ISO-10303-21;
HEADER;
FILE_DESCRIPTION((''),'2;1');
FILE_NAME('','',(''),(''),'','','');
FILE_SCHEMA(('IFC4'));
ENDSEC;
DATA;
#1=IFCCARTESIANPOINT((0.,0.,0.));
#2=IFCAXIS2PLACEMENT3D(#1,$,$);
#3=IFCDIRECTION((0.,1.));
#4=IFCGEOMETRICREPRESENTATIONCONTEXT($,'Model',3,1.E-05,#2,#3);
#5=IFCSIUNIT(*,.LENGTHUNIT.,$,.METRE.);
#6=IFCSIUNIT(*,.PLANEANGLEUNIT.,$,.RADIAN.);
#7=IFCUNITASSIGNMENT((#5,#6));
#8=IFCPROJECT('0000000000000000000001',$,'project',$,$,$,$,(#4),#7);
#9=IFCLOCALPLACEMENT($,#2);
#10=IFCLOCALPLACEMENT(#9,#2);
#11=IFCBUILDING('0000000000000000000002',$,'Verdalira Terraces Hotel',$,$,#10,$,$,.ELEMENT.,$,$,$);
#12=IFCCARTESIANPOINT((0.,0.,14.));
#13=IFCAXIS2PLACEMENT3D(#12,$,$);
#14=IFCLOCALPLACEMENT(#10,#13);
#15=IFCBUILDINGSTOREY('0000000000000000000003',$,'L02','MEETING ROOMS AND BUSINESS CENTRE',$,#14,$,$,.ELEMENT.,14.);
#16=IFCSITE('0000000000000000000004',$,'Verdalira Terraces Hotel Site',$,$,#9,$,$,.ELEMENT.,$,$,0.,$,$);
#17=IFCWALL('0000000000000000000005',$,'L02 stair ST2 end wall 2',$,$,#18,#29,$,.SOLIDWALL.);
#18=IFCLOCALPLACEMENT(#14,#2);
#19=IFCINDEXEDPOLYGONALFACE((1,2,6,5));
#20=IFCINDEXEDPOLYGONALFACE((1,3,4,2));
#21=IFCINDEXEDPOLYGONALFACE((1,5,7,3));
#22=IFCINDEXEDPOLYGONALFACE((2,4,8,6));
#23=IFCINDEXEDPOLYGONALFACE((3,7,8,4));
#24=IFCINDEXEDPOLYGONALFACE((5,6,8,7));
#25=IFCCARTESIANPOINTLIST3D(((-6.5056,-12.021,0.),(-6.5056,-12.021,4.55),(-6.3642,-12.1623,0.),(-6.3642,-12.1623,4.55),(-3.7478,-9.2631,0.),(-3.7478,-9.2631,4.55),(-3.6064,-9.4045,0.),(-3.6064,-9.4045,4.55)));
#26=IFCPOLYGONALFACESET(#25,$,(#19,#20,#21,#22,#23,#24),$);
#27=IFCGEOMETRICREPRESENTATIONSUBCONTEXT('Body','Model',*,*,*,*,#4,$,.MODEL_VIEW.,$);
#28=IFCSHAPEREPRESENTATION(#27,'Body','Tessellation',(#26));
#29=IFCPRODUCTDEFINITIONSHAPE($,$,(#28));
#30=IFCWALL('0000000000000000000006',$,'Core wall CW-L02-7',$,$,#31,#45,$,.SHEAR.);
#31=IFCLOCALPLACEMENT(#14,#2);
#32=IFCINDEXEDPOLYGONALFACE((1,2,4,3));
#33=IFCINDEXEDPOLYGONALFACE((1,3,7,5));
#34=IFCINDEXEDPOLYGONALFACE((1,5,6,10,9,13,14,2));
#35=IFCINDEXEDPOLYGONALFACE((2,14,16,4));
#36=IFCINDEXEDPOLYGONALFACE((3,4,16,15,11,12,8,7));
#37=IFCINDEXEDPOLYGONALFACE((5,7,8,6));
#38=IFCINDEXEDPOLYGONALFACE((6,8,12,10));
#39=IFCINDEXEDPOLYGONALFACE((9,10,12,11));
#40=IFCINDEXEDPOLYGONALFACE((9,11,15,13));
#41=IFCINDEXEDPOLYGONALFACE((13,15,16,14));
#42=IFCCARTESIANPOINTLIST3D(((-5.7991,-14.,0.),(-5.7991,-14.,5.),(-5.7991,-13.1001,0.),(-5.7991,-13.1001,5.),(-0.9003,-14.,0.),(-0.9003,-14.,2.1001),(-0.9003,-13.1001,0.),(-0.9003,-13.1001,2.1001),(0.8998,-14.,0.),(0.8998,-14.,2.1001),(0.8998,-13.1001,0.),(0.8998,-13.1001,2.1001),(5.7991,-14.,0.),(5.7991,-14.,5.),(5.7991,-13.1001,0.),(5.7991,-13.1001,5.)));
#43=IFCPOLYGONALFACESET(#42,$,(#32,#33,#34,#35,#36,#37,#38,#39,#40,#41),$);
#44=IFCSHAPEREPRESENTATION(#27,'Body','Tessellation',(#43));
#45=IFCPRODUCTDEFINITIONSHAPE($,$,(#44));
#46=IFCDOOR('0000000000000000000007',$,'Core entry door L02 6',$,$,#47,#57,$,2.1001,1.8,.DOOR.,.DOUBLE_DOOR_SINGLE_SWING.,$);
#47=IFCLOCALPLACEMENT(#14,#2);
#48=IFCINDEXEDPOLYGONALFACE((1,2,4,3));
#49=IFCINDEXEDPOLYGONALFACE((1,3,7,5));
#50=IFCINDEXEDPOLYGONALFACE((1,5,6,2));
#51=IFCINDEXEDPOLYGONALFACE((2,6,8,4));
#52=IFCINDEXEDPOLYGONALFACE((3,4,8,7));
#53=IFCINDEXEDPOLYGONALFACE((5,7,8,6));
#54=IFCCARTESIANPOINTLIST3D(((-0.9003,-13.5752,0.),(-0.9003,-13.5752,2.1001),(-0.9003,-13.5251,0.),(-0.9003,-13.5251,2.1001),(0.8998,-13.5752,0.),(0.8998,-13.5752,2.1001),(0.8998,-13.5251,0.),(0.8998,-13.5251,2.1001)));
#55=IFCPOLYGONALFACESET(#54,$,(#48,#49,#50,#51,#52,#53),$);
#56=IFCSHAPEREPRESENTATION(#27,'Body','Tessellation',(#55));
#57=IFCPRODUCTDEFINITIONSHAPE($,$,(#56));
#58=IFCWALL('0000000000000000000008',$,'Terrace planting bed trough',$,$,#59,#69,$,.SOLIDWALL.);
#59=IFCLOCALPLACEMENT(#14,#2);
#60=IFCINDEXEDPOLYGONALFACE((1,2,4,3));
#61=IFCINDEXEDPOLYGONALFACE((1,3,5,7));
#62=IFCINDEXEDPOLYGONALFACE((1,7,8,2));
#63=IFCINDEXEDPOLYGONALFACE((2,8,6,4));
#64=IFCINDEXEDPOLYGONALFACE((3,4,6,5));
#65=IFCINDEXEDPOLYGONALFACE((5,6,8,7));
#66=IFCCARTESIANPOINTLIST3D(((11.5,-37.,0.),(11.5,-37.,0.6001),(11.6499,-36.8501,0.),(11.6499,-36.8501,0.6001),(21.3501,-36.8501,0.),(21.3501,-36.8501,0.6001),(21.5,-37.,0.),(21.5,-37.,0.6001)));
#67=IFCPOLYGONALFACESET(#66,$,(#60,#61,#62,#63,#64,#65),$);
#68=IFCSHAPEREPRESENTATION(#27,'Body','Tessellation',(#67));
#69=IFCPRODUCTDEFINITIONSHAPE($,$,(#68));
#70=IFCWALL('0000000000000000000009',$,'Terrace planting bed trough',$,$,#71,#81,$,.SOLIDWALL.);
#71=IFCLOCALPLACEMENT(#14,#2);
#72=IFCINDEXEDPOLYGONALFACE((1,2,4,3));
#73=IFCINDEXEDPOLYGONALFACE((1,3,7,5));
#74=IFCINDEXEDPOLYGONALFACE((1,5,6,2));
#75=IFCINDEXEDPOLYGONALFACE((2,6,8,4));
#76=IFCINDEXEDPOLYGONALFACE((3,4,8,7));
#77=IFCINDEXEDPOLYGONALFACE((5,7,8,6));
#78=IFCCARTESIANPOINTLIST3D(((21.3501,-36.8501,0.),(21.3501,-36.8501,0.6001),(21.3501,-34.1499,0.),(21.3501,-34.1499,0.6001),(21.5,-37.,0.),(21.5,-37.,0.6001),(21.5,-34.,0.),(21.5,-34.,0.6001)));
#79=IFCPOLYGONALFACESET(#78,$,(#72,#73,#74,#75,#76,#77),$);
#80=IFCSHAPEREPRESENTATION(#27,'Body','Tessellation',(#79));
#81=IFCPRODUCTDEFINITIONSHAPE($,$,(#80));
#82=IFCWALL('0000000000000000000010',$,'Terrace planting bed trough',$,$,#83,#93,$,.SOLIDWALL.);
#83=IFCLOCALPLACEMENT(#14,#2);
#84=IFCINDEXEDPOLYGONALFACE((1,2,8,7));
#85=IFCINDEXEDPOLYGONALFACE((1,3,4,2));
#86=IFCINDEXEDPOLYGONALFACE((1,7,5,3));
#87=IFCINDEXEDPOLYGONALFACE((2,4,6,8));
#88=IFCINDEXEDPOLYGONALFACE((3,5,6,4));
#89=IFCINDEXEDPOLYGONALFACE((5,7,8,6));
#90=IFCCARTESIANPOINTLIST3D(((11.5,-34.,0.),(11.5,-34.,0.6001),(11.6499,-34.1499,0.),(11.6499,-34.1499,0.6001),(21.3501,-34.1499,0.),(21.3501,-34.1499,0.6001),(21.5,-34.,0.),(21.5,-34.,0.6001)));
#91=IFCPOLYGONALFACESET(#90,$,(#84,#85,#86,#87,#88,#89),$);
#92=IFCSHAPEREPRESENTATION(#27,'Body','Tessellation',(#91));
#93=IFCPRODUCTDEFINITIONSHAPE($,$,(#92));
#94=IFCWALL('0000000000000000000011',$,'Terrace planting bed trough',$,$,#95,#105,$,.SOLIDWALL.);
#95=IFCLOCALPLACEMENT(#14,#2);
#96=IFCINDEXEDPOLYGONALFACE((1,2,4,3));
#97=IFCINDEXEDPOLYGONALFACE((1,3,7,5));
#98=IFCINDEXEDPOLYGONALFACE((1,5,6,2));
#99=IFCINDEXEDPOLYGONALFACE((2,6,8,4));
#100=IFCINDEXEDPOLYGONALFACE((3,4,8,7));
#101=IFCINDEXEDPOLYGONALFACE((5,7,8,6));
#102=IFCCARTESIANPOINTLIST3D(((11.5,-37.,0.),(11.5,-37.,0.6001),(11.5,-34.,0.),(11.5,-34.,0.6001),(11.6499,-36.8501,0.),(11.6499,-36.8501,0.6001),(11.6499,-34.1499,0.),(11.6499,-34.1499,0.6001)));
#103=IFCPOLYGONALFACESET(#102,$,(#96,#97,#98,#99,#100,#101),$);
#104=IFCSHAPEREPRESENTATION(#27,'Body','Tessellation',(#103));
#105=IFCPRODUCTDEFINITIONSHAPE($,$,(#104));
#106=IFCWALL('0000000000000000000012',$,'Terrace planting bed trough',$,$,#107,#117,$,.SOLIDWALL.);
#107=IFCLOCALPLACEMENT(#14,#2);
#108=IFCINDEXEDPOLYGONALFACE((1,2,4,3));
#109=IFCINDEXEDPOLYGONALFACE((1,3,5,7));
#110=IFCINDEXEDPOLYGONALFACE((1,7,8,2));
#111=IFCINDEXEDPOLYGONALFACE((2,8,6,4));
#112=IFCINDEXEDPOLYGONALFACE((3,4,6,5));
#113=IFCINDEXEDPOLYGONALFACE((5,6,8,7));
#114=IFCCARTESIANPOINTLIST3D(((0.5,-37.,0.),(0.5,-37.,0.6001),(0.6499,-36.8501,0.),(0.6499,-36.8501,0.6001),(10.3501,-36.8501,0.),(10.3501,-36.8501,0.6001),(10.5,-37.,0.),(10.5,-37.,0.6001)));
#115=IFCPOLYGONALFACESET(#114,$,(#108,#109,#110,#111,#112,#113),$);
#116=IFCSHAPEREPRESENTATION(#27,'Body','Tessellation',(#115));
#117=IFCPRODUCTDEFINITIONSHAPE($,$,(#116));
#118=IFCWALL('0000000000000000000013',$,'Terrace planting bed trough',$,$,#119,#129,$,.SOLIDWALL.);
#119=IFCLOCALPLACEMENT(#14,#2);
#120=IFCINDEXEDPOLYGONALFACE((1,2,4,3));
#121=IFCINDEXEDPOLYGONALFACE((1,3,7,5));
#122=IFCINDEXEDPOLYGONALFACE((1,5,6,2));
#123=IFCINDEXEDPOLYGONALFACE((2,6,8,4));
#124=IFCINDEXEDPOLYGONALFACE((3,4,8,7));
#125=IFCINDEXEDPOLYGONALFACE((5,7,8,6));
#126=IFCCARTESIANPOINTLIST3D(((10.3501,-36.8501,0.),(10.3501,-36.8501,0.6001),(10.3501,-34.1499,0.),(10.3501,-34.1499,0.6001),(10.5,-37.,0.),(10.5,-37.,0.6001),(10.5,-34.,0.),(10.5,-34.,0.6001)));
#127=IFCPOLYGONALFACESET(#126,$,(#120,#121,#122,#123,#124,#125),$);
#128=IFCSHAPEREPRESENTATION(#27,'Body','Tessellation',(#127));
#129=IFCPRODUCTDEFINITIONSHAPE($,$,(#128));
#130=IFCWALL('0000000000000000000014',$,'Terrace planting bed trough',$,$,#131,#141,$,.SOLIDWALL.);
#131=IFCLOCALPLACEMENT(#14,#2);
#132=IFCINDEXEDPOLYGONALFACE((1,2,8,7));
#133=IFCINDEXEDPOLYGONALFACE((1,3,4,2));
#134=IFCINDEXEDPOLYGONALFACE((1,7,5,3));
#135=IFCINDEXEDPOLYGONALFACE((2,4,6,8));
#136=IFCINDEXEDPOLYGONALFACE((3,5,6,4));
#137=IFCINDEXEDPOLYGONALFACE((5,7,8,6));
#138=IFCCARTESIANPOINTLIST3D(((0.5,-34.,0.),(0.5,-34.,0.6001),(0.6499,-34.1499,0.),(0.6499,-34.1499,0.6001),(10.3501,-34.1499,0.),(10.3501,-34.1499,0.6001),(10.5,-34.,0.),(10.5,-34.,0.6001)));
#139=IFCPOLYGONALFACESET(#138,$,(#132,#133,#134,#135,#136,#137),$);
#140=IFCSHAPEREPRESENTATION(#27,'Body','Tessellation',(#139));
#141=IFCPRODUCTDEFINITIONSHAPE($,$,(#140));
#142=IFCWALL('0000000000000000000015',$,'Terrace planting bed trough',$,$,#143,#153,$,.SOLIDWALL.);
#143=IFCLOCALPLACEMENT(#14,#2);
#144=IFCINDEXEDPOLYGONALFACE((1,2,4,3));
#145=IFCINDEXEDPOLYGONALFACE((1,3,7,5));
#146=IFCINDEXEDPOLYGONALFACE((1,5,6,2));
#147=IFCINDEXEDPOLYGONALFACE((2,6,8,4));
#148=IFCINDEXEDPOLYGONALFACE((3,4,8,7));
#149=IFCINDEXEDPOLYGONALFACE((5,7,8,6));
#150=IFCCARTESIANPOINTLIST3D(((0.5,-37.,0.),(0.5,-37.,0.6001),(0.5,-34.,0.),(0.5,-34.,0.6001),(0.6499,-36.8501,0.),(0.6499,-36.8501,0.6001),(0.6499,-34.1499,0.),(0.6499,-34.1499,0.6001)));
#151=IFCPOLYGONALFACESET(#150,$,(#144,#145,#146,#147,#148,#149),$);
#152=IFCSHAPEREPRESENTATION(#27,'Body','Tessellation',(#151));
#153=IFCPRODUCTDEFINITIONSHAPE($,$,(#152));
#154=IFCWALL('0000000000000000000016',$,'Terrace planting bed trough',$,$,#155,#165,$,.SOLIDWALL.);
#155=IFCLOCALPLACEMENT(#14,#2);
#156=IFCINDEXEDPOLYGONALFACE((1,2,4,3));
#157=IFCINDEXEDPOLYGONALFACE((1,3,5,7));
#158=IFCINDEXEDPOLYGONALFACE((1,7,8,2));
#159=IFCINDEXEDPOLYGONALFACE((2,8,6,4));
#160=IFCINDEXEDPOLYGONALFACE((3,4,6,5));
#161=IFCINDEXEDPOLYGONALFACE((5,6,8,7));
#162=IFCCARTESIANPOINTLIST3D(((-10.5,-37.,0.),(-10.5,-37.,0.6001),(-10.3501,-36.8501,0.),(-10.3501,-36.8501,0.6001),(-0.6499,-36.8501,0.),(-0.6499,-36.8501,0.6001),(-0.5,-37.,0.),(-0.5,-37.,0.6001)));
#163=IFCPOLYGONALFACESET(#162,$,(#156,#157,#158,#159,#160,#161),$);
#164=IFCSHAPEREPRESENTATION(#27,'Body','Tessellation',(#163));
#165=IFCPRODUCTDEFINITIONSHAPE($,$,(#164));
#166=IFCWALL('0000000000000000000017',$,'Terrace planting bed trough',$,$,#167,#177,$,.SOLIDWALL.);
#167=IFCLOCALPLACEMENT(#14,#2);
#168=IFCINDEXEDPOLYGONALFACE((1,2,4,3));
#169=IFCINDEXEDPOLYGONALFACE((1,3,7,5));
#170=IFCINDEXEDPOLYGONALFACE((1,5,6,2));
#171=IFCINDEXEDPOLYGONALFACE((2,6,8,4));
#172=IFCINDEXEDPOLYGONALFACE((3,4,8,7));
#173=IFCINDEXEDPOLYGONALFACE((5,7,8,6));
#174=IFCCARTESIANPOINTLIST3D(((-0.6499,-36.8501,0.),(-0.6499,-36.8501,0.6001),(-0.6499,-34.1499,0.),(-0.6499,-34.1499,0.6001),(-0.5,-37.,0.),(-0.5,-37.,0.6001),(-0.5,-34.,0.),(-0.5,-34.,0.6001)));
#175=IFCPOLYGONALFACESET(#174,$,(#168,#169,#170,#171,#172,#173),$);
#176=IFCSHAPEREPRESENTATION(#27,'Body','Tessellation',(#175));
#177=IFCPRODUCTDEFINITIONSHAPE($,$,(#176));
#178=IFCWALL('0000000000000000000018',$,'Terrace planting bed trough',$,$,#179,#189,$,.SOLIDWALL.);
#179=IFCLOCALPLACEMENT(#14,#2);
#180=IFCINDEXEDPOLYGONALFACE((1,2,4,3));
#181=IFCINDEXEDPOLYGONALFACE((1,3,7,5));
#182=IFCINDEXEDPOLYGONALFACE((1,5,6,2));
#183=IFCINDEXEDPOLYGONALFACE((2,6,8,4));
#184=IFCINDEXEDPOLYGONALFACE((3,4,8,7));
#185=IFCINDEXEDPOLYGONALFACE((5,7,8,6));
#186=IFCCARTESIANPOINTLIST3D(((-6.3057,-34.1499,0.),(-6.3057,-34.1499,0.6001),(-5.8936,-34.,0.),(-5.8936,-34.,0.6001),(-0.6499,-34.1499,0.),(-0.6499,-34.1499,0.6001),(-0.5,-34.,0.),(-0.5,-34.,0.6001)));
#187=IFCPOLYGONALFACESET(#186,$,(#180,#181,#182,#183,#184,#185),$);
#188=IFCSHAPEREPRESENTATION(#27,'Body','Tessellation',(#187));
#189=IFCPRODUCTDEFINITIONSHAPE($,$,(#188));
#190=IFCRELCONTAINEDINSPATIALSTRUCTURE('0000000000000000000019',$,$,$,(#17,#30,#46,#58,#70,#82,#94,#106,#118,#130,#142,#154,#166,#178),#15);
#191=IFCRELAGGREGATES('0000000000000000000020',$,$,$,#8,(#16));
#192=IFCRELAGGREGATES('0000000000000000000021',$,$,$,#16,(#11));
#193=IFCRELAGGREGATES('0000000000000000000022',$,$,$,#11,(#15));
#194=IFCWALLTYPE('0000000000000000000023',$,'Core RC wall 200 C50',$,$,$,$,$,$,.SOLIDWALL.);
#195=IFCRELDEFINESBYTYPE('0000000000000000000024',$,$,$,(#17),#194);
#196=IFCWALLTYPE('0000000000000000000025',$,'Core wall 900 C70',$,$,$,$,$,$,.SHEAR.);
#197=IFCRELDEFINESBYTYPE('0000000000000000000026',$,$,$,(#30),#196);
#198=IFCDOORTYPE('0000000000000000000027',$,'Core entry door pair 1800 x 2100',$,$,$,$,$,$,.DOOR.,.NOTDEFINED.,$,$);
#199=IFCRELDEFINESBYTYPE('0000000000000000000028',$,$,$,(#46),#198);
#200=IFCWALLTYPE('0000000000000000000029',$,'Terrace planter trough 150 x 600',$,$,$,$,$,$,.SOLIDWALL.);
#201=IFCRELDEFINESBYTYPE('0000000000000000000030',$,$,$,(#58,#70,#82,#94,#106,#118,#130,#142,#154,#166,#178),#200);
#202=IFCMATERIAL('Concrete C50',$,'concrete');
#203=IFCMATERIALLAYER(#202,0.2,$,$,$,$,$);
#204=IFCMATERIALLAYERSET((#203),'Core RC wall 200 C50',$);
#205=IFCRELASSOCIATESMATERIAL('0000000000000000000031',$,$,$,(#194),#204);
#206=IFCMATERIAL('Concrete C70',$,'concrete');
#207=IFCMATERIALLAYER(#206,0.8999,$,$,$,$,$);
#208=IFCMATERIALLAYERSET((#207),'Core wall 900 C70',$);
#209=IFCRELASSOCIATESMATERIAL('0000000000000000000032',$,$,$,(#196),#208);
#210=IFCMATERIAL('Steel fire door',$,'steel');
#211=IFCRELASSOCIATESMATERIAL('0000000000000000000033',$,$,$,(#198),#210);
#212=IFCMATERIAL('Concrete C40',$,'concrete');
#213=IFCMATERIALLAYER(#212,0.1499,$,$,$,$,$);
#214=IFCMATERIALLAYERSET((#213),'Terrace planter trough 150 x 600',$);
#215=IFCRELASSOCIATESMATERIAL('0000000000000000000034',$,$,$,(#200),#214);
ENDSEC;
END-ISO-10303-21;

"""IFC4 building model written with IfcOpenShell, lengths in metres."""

from ifc_helpers import new_model, si_unit, direction, frame, frame_2d, origin, place, context, subcontext, project, spatial, polyline, rectangle, outline, extrude, material, layer, layer_set, type_object, element, fill, save


model = new_model("IFC4")

# Units and contexts
model_context = context("Model", 3, precision=1e-05, world=origin(), true_north=direction((0.0, 1.0)))
body_context = subcontext(model_context, "Body", "Model", "MODEL_VIEW")
ifc_project = project(units=[si_unit("LENGTHUNIT", "METRE"), si_unit("PLANEANGLEUNIT", "RADIAN")], contexts=[model_context])

# Site, building, storey
site_placement = place(None, origin())
site = spatial("IfcSite", under=ifc_project, at=site_placement, Name="Verdalira Terraces Hotel Site", CompositionType="ELEMENT", RefElevation=0.0)
building_placement = place(site_placement, origin())
building = spatial("IfcBuilding", under=site, at=building_placement, Name="Verdalira Terraces Hotel", CompositionType="ELEMENT")
storey_placement = place(building_placement, frame((0.0, 0.0, 14.0)))
storey = spatial("IfcBuildingStorey", under=building, at=storey_placement, Name="L02", Description="MEETING ROOMS AND BUSINESS CENTRE", CompositionType="ELEMENT", Elevation=14.0)

# Shared definitions
ifc_material_1 = material(Name="Concrete C50", Category="concrete")
ifc_layer_1 = layer(ifc_material_1, 0.2)
ifc_layer_set_1 = layer_set([ifc_layer_1], Name="Core RC wall 200 C50")
wall_type_1 = type_object("IfcWallType", Name="Core RC wall 200 C50", PredefinedType="SOLIDWALL", material=ifc_layer_set_1)

# Wall
for number, where, z_axis, x_axis, name in (
    (1, (-3.677, -9.3337, 0.0), (0.0, 0.0, 1.0), (-0.707107, -0.707107, 0.0), "L02 stair ST2 end wall 2"),
):
    element("IfcWall", number, at=place(storey_placement, frame(where, z_axis=z_axis, x_axis=x_axis)), inside=storey, type_object=wall_type_1, Name=name, PredefinedType="SOLIDWALL", context=body_context, shape_type="SweptSolid", body=[
        extrude(rectangle(XDim=3.9001, YDim=0.2, at=frame_2d((1.9502, 0.0))), origin(), (0.0, 0.0, 1.0), 4.55),
    ])

# Wall, opening, door
ifc_material_2 = material(Name="Concrete C70", Category="concrete")
ifc_layer_2 = layer(ifc_material_2, 0.8999)
ifc_layer_set_2 = layer_set([ifc_layer_2], Name="Core wall 900 C70")
wall_type_2 = type_object("IfcWallType", Name="Core wall 900 C70", PredefinedType="SHEAR", material=ifc_layer_set_2)
wall_1_placement = place(storey_placement, frame((-5.7991, -13.55, 0.0), z_axis=(0.0, 0.0, 1.0), x_axis=(1.0, 0.0, 0.0)))
wall_1 = element("IfcWall", 2, at=wall_1_placement, inside=storey, type_object=wall_type_2, Name="Core wall CW-L02-7", PredefinedType="SHEAR", context=body_context, shape_type="SweptSolid", body=[
    extrude(rectangle(XDim=11.5981, YDim=0.8999, at=frame_2d((5.7991, 0.0))), origin(), (0.0, 0.0, 1.0), 5.0),
])
opening_1_placement = place(wall_1_placement, frame((4.8989, 0.0, 0.0)))
opening_1 = element("IfcOpeningElement", 3, at=opening_1_placement, cuts=wall_1, PredefinedType="OPENING", context=body_context, shape_type="SweptSolid", body=[
    extrude(rectangle(XDim=1.8, YDim=2.1001, at=frame_2d((0.8999, 1.05))), frame((0.0, 0.46, 0.0), z_axis=(0.0, -1.0, 0.0), x_axis=(1.0, 0.0, 0.0)), (0.0, 0.0, 1.0), 0.9199),
])
ifc_material_3 = material(Name="Steel fire door", Category="steel")
door_type_1 = type_object("IfcDoorType", Name="Core entry door pair 1800 x 2100", OperationType="NOTDEFINED", PredefinedType="DOOR", material=ifc_material_3)
door_1_placement = place(opening_1_placement, origin())
door_1 = element("IfcDoor", 4, at=door_1_placement, inside=storey, type_object=door_type_1, Name="Core entry door L02 6", OperationType="DOUBLE_DOOR_SINGLE_SWING", OverallHeight=2.1001, OverallWidth=1.8, PredefinedType="DOOR", context=body_context, shape_type="SweptSolid", body=[
    extrude(rectangle(XDim=1.8, YDim=2.1001, at=frame_2d((0.8999, 1.05))), frame((0.0, 0.0249, 0.0), z_axis=(0.0, -1.0, 0.0), x_axis=(1.0, 0.0, 0.0)), (0.0, 0.0, 1.0), 0.05),
])
fill(opening_1, door_1)

# Walls
ifc_material_4 = material(Name="Concrete C40", Category="concrete")
ifc_layer_3 = layer(ifc_material_4, 0.1499)
ifc_layer_set_3 = layer_set([ifc_layer_3], Name="Terrace planter trough 150 x 600")
wall_type_3 = type_object("IfcWallType", Name="Terrace planter trough 150 x 600", PredefinedType="SOLIDWALL", material=ifc_layer_set_3)
wall_2_placement = place(storey_placement, origin())
element("IfcWall", 5, at=wall_2_placement, inside=storey, type_object=wall_type_3, Name="Terrace planting bed trough", PredefinedType="SOLIDWALL", context=body_context, shape_type="SweptSolid", body=[
    extrude(outline(polyline([(11.5, -37.0), (21.5, -37.0), (21.3501, -36.8501), (11.6499, -36.8501), (11.5, -37.0)])), origin(), (0.0, 0.0, 1.0), 0.6001),
])
wall_3_placement = place(storey_placement, origin())
element("IfcWall", 6, at=wall_3_placement, inside=storey, type_object=wall_type_3, Name="Terrace planting bed trough", PredefinedType="SOLIDWALL", context=body_context, shape_type="SweptSolid", body=[
    extrude(outline(polyline([(21.5, -37.0), (21.5, -34.0), (21.3501, -34.1499), (21.3501, -36.8501), (21.5, -37.0)])), origin(), (0.0, 0.0, 1.0), 0.6001),
])
wall_4_placement = place(storey_placement, origin())
element("IfcWall", 7, at=wall_4_placement, inside=storey, type_object=wall_type_3, Name="Terrace planting bed trough", PredefinedType="SOLIDWALL", context=body_context, shape_type="SweptSolid", body=[
    extrude(outline(polyline([(21.5, -34.0), (11.5, -34.0), (11.6499, -34.1499), (21.3501, -34.1499), (21.5, -34.0)])), origin(), (0.0, 0.0, 1.0), 0.6001),
])
wall_5_placement = place(storey_placement, origin())
element("IfcWall", 8, at=wall_5_placement, inside=storey, type_object=wall_type_3, Name="Terrace planting bed trough", PredefinedType="SOLIDWALL", context=body_context, shape_type="SweptSolid", body=[
    extrude(outline(polyline([(11.5, -34.0), (11.5, -37.0), (11.6499, -36.8501), (11.6499, -34.1499), (11.5, -34.0)])), origin(), (0.0, 0.0, 1.0), 0.6001),
])
wall_6_placement = place(storey_placement, origin())
element("IfcWall", 9, at=wall_6_placement, inside=storey, type_object=wall_type_3, Name="Terrace planting bed trough", PredefinedType="SOLIDWALL", context=body_context, shape_type="SweptSolid", body=[
    extrude(outline(polyline([(0.5, -37.0), (10.5, -37.0), (10.3501, -36.8501), (0.6499, -36.8501), (0.5, -37.0)])), origin(), (0.0, 0.0, 1.0), 0.6001),
])
wall_7_placement = place(storey_placement, origin())
element("IfcWall", 10, at=wall_7_placement, inside=storey, type_object=wall_type_3, Name="Terrace planting bed trough", PredefinedType="SOLIDWALL", context=body_context, shape_type="SweptSolid", body=[
    extrude(outline(polyline([(10.5, -37.0), (10.5, -34.0), (10.3501, -34.1499), (10.3501, -36.8501), (10.5, -37.0)])), origin(), (0.0, 0.0, 1.0), 0.6001),
])
wall_8_placement = place(storey_placement, origin())
element("IfcWall", 11, at=wall_8_placement, inside=storey, type_object=wall_type_3, Name="Terrace planting bed trough", PredefinedType="SOLIDWALL", context=body_context, shape_type="SweptSolid", body=[
    extrude(outline(polyline([(10.5, -34.0), (0.5, -34.0), (0.6499, -34.1499), (10.3501, -34.1499), (10.5, -34.0)])), origin(), (0.0, 0.0, 1.0), 0.6001),
])
wall_9_placement = place(storey_placement, origin())
element("IfcWall", 12, at=wall_9_placement, inside=storey, type_object=wall_type_3, Name="Terrace planting bed trough", PredefinedType="SOLIDWALL", context=body_context, shape_type="SweptSolid", body=[
    extrude(outline(polyline([(0.5, -34.0), (0.5, -37.0), (0.6499, -36.8501), (0.6499, -34.1499), (0.5, -34.0)])), origin(), (0.0, 0.0, 1.0), 0.6001),
])
wall_10_placement = place(storey_placement, origin())
element("IfcWall", 13, at=wall_10_placement, inside=storey, type_object=wall_type_3, Name="Terrace planting bed trough", PredefinedType="SOLIDWALL", context=body_context, shape_type="SweptSolid", body=[
    extrude(outline(polyline([(-10.5, -37.0), (-0.5, -37.0), (-0.6499, -36.8501), (-10.3501, -36.8501), (-10.5, -37.0)])), origin(), (0.0, 0.0, 1.0), 0.6001),
])
wall_11_placement = place(storey_placement, origin())
element("IfcWall", 14, at=wall_11_placement, inside=storey, type_object=wall_type_3, Name="Terrace planting bed trough", PredefinedType="SOLIDWALL", context=body_context, shape_type="SweptSolid", body=[
    extrude(outline(polyline([(-0.5, -37.0), (-0.5, -34.0), (-0.6499, -34.1499), (-0.6499, -36.8501), (-0.5, -37.0)])), origin(), (0.0, 0.0, 1.0), 0.6001),
])
wall_12_placement = place(storey_placement, origin())
element("IfcWall", 15, at=wall_12_placement, inside=storey, type_object=wall_type_3, Name="Terrace planting bed trough", PredefinedType="SOLIDWALL", context=body_context, shape_type="SweptSolid", body=[
    extrude(outline(polyline([(-0.5, -34.0), (-5.8936, -34.0), (-6.3057, -34.1499), (-0.6499, -34.1499), (-0.5, -34.0)])), origin(), (0.0, 0.0, 1.0), 0.6001),
])

save(model, "model.ifc")
